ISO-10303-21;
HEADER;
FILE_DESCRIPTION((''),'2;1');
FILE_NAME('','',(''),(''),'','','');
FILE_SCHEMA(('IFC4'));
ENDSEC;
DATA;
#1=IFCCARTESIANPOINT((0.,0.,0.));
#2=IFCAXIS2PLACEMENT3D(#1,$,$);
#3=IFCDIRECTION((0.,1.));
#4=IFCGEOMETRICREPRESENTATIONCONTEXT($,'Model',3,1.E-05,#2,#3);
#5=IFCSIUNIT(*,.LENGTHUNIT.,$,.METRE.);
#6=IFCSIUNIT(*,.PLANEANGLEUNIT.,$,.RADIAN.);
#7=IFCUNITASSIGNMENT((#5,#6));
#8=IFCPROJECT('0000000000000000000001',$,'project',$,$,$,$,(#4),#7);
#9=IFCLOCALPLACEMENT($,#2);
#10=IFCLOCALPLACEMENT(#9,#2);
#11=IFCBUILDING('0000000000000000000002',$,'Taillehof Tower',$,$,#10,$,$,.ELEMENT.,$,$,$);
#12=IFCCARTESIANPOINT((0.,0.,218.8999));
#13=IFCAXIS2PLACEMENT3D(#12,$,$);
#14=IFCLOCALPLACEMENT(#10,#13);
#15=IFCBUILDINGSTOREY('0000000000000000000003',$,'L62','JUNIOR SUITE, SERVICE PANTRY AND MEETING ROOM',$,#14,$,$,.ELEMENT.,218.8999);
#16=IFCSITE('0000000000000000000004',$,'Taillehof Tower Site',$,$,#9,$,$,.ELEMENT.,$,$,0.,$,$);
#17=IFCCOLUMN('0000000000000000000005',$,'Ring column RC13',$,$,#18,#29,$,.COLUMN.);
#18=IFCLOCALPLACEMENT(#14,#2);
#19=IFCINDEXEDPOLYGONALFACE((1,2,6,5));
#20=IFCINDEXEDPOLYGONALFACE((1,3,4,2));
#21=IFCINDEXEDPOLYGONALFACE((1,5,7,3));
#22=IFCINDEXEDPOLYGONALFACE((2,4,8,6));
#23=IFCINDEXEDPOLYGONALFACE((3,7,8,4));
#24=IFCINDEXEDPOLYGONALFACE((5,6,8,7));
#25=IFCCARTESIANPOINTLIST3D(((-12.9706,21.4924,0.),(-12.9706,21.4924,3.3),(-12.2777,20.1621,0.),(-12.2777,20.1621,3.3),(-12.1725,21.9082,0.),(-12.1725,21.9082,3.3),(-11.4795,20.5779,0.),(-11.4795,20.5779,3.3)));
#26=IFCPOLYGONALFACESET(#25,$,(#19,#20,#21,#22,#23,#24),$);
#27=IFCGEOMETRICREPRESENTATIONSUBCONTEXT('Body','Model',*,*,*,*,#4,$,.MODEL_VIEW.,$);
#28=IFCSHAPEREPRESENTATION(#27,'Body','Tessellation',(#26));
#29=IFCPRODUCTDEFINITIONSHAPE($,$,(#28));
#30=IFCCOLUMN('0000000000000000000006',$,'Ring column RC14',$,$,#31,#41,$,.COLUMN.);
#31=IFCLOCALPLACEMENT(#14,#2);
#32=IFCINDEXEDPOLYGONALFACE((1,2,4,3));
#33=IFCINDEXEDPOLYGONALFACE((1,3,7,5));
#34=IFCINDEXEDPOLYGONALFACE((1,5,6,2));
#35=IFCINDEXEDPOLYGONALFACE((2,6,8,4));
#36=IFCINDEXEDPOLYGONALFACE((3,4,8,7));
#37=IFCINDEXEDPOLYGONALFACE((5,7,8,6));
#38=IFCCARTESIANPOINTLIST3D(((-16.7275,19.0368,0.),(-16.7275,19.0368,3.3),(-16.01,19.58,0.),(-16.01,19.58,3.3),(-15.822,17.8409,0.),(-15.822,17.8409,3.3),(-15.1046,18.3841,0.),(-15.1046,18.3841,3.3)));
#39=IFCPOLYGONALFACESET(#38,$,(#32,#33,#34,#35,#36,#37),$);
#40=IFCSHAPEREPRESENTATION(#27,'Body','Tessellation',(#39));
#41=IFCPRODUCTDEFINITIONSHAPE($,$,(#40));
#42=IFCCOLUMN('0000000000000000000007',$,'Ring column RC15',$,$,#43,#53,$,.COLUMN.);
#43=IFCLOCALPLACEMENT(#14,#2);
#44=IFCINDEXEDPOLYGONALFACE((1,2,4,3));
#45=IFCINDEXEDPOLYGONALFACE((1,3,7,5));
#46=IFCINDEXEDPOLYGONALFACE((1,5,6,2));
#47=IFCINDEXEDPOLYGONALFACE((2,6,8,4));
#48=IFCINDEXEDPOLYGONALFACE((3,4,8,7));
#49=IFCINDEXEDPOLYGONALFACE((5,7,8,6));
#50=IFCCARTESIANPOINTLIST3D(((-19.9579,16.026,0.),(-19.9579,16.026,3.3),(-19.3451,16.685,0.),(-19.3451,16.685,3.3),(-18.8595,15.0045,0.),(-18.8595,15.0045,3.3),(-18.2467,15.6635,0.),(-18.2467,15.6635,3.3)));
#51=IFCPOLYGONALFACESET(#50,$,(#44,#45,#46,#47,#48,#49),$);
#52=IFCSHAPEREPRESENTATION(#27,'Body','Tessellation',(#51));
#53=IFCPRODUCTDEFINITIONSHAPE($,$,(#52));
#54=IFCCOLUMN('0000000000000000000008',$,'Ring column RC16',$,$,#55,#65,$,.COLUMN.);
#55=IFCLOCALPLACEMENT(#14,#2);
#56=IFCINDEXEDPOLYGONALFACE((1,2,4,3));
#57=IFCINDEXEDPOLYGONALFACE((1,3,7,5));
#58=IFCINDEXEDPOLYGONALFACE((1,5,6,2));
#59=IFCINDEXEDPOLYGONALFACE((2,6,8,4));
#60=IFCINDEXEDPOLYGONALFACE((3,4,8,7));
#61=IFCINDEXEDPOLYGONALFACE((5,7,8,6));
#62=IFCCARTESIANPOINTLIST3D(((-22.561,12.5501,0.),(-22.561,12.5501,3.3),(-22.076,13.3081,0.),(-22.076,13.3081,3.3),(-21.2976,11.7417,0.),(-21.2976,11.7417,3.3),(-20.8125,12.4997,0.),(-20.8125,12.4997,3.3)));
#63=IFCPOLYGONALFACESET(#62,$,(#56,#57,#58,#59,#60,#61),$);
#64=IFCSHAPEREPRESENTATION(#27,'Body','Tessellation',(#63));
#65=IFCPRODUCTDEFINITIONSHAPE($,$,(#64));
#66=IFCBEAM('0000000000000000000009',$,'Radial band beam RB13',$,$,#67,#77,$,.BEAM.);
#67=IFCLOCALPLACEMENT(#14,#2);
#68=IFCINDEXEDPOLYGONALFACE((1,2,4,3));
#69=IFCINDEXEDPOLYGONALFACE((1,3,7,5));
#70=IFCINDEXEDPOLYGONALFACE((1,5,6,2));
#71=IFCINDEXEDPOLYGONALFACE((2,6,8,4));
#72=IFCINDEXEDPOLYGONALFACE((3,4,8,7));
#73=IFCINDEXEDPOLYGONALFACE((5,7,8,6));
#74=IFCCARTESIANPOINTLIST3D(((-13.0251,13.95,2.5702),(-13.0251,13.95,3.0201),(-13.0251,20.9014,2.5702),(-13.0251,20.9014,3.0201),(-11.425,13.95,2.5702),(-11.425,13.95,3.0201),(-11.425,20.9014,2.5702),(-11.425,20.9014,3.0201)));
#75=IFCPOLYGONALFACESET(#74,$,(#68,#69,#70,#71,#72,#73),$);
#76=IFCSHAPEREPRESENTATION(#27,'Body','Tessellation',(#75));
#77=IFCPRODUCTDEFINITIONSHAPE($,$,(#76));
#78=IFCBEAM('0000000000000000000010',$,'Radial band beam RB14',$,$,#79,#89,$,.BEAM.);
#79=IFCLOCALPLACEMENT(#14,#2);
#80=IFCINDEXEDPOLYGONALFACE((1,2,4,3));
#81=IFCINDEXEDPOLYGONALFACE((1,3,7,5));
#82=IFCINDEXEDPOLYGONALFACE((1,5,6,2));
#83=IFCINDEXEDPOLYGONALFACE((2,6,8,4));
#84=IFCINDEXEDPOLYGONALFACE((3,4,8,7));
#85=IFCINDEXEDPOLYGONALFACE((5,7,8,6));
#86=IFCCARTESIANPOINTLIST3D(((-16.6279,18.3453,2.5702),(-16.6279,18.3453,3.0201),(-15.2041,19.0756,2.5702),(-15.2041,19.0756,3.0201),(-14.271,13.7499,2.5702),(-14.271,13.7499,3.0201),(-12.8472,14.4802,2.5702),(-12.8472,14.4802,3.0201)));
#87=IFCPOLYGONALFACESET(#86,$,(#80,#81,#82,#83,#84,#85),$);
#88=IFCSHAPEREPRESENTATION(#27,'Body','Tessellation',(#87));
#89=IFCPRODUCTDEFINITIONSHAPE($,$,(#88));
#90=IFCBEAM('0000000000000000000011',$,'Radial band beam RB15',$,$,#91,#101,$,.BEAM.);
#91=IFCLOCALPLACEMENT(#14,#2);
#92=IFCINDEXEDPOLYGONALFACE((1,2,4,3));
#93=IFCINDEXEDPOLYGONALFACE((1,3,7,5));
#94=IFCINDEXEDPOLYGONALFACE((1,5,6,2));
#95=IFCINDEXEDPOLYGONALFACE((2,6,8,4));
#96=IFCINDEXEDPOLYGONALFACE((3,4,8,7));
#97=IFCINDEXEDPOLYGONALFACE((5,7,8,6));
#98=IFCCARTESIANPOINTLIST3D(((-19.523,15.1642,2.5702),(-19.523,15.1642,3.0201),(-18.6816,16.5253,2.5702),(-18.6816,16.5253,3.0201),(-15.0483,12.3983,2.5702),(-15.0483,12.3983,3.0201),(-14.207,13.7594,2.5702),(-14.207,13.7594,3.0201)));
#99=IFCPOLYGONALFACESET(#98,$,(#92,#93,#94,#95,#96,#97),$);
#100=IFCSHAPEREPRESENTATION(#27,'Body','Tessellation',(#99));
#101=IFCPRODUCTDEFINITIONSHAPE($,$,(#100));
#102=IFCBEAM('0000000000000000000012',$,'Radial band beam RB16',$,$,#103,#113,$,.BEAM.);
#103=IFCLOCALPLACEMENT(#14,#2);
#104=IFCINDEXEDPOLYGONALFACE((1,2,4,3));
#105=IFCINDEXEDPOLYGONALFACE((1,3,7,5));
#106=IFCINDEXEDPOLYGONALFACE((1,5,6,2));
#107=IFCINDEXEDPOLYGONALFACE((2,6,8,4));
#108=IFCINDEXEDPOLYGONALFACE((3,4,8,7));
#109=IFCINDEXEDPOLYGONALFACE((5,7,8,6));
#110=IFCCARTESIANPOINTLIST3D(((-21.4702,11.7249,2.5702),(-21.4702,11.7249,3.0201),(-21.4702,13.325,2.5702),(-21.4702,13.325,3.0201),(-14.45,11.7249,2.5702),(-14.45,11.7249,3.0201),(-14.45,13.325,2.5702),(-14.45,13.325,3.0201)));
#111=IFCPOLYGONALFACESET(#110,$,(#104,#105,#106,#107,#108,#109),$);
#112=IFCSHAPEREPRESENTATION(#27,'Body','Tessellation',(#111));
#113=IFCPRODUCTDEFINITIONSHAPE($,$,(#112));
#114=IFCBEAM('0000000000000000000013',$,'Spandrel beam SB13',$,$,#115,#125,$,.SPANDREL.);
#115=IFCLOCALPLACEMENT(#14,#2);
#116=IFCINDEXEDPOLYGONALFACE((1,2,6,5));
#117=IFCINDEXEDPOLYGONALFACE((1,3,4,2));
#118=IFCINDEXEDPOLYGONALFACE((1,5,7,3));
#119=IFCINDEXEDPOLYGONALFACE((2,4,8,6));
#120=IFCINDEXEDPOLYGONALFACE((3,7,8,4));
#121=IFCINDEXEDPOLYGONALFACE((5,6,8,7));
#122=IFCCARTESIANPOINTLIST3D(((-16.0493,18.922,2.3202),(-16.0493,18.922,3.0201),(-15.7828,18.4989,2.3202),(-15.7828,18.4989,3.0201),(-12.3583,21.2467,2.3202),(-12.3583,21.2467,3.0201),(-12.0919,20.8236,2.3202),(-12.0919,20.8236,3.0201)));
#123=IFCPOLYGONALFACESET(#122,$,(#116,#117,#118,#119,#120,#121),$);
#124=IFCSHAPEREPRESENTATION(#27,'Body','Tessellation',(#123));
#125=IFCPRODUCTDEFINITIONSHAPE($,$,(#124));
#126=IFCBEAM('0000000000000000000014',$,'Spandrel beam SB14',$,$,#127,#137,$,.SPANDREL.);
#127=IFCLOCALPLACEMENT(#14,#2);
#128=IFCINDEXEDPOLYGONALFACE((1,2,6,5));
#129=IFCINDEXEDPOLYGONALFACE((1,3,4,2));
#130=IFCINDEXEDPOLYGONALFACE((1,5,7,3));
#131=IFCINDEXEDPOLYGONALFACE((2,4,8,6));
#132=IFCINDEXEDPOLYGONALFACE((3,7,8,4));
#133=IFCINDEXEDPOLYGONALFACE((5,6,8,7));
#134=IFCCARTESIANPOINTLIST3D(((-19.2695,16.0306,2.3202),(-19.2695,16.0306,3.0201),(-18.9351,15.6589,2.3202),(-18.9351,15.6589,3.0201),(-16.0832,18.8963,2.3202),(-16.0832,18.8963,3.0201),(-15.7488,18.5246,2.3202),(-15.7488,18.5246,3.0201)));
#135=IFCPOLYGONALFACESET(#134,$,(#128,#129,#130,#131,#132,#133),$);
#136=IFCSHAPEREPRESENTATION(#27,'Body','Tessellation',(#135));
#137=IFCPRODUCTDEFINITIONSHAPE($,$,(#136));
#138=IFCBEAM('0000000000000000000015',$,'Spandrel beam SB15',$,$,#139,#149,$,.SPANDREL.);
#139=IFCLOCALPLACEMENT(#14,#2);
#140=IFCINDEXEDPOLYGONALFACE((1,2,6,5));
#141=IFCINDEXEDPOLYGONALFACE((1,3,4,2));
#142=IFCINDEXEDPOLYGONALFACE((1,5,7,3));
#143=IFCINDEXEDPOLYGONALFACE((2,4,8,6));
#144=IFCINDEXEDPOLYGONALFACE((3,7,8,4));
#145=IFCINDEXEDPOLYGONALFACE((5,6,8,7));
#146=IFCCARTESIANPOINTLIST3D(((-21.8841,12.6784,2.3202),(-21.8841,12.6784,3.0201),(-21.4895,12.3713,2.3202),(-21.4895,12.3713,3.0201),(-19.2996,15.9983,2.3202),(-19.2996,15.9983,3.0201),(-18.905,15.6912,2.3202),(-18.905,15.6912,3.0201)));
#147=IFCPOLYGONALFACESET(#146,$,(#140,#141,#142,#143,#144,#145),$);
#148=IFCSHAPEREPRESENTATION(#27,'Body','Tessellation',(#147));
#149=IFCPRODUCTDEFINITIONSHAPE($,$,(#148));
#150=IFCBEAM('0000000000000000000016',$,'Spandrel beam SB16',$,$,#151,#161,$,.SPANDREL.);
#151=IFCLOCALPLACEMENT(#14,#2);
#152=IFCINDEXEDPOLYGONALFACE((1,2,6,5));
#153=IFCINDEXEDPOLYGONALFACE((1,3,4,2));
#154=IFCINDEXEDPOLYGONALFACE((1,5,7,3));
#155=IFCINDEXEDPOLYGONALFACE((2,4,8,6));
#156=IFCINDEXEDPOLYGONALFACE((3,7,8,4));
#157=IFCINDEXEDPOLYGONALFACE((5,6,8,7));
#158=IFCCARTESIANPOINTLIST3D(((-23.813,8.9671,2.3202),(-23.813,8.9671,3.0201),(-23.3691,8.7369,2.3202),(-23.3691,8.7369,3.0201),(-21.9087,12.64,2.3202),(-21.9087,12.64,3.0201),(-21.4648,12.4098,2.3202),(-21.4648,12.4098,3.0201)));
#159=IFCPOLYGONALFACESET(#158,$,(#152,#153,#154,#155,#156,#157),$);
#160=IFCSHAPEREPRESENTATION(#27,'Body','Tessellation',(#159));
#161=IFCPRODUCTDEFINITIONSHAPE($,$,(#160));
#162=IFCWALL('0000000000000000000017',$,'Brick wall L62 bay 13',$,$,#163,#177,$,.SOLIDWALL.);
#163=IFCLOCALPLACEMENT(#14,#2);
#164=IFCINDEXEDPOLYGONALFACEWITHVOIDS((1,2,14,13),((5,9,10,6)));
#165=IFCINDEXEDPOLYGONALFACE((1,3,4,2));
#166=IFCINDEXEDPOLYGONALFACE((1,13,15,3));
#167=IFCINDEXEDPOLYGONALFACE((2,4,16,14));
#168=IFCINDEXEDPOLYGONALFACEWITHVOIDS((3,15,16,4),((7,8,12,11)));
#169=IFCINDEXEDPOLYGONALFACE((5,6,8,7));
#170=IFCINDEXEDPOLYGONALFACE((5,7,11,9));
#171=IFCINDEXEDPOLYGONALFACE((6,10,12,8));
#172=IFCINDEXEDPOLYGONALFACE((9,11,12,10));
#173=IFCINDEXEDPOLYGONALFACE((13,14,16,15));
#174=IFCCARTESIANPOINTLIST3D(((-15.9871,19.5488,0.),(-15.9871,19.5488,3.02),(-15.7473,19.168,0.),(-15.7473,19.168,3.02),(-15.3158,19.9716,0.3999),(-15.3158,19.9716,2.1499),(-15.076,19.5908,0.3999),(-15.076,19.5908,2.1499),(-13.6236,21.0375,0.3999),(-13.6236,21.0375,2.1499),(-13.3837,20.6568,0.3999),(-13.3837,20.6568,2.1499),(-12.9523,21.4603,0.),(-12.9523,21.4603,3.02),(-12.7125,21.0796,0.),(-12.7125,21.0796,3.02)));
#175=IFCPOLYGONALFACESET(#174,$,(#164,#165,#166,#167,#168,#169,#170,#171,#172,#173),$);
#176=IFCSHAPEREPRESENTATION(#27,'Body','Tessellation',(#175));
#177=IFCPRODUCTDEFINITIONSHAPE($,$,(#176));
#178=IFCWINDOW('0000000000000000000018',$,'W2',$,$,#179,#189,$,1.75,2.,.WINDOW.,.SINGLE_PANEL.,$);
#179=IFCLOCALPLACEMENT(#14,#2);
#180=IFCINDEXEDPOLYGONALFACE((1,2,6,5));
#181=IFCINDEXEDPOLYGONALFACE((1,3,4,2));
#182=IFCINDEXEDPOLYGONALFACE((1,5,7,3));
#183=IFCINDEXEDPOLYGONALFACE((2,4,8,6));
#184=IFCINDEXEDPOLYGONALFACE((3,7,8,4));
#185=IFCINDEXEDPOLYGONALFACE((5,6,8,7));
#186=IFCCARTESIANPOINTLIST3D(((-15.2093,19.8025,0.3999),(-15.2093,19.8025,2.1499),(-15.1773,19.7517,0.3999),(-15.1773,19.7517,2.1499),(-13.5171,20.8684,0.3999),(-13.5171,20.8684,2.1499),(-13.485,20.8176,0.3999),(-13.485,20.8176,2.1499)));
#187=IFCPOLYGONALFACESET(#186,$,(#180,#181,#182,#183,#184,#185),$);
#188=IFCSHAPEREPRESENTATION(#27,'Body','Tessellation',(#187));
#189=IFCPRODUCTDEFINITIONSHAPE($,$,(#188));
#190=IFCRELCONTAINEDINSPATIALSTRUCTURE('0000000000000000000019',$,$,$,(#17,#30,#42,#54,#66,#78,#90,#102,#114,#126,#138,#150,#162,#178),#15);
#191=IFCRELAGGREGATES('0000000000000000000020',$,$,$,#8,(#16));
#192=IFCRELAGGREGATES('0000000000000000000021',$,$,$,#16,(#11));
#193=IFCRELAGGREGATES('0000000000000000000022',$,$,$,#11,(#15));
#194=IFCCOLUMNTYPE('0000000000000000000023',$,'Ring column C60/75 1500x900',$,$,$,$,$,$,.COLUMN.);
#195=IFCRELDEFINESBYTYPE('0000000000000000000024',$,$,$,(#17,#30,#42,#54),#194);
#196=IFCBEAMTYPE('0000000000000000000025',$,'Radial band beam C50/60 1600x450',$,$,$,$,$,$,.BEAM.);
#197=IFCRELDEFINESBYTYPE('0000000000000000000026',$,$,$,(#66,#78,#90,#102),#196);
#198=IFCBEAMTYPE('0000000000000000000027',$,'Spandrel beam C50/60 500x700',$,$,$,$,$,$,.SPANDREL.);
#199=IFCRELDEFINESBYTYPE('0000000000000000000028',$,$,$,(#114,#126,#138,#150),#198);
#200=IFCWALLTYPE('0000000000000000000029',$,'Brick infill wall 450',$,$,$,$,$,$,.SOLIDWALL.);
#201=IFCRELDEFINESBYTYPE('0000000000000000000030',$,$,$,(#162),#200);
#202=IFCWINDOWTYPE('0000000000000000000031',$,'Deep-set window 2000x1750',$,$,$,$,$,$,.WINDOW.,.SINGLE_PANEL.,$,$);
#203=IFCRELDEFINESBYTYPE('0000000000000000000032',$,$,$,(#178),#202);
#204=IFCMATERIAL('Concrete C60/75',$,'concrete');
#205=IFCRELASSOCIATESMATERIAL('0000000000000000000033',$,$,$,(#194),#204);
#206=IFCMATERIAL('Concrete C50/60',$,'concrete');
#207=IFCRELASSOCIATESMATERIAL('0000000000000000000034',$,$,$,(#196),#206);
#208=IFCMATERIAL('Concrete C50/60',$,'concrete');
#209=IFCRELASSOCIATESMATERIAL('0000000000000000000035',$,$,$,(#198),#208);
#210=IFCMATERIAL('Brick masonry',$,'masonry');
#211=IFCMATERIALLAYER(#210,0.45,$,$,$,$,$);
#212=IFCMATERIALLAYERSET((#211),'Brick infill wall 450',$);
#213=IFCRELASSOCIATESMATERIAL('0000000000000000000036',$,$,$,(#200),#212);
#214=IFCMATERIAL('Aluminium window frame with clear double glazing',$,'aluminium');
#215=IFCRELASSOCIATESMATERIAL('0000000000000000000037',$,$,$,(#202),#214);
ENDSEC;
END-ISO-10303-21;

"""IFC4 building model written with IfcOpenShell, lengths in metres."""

from ifc_helpers import new_model, si_unit, direction, frame, frame_2d, origin, origin_2d, place, context, subcontext, project, spatial, rectangle, extrude, material, layer, layer_set, material_profile, profile_set, type_object, element, fill, save


model = new_model("IFC4")

# Units and contexts
model_context = context("Model", 3, precision=1e-05, world=origin(), true_north=direction((0.0, 1.0)))
body_context = subcontext(model_context, "Body", "Model", "MODEL_VIEW")
ifc_project = project(units=[si_unit("LENGTHUNIT", "METRE"), si_unit("PLANEANGLEUNIT", "RADIAN")], contexts=[model_context])

# Site, building, storey
site_placement = place(None, origin())
site = spatial("IfcSite", under=ifc_project, at=site_placement, Name="Taillehof Tower Site", CompositionType="ELEMENT", RefElevation=0.0)
building_placement = place(site_placement, origin())
building = spatial("IfcBuilding", under=site, at=building_placement, Name="Taillehof Tower", CompositionType="ELEMENT")
storey_placement = place(building_placement, frame((0.0, 0.0, 218.8999)))
storey = spatial("IfcBuildingStorey", under=building, at=storey_placement, Name="L62", Description="JUNIOR SUITE, SERVICE PANTRY AND MEETING ROOM", CompositionType="ELEMENT", Elevation=218.8999)

# Columns
ifc_material_1 = material(Name="Concrete C60/75", Category="concrete")
ifc_material_profile_1 = material_profile(ifc_material_1, rectangle(XDim=1.5, YDim=0.8999, at=origin_2d()), Name="RC 1500x900")
ifc_profile_set_1 = profile_set([ifc_material_profile_1], Name="Concrete C60/75")
column_type = type_object("IfcColumnType", Name="Ring column C60/75 1500x900", PredefinedType="COLUMN", material=ifc_profile_set_1)
for number, where, z_axis, x_axis, name in (
    (1, (-12.2251, 21.0352, 0.0), (0.0, 0.0, 1.0), (-0.461993, 0.886883, 0.0), "Ring column RC13"),
    (2, (-15.916, 18.7104, 0.0), (0.0, 0.0, 1.0), (-0.603608, 0.797281, 0.0), "Ring column RC14"),
    (3, (-19.1023, 15.8447, 0.0), (0.0, 0.0, 1.0), (-0.732271, 0.681013, 0.0), "Ring column RC15"),
    (4, (-21.6868, 12.5249, 0.0), (0.0, 0.0, 1.0), (-0.842311, 0.538992, 0.0), "Ring column RC16"),
):
    element("IfcColumn", number, at=place(storey_placement, frame(where, z_axis=z_axis, x_axis=x_axis)), inside=storey, type_object=column_type, Name=name, PredefinedType="COLUMN", context=body_context, shape_type="SweptSolid", body=[
        extrude(rectangle(XDim=1.5, YDim=0.8999, at=origin_2d()), origin(), (0.0, 0.0, 1.0), 3.3),
    ])

# Beams
ifc_material_2 = material(Name="Concrete C50/60", Category="concrete")
ifc_material_profile_2 = material_profile(ifc_material_2, rectangle(XDim=1.6001, YDim=0.45, at=origin_2d()), Name="RC 1600x450")
ifc_profile_set_2 = profile_set([ifc_material_profile_2], Name="Concrete C50/60")
beam_type_1 = type_object("IfcBeamType", Name="Radial band beam C50/60 1600x450", PredefinedType="BEAM", material=ifc_profile_set_2)
beam_1_placement = place(storey_placement, frame((-12.2251, 20.9014, 2.7952), z_axis=(0.0, -1.0, 0.0), x_axis=(1.0, 0.0, 0.0)))
element("IfcBeam", 5, at=beam_1_placement, inside=storey, type_object=beam_type_1, Name="Radial band beam RB13", PredefinedType="BEAM", context=body_context, shape_type="SweptSolid", body=[
    extrude(rectangle(XDim=1.6001, YDim=0.45, at=origin_2d()), origin(), (0.0, 0.0, 1.0), 6.9514),
])
beam_2_placement = place(storey_placement, frame((-15.916, 18.7104, 2.7952), z_axis=(0.456361, -0.889795, 0.0), x_axis=(0.889795, 0.456361, 0.0)))
element("IfcBeam", 6, at=beam_2_placement, inside=storey, type_object=beam_type_1, Name="Radial band beam RB14", PredefinedType="BEAM", context=body_context, shape_type="SweptSolid", body=[
    extrude(rectangle(XDim=1.6001, YDim=0.45, at=origin_2d()), origin(), (0.0, 0.0, 1.0), 5.1646),
])
beam_3_placement = place(storey_placement, frame((-19.1023, 15.8447, 2.7952), z_axis=(0.850616, -0.525787, 0.0), x_axis=(0.525787, 0.850616, 0.0)))
element("IfcBeam", 7, at=beam_3_placement, inside=storey, type_object=beam_type_1, Name="Radial band beam RB15", PredefinedType="BEAM", context=body_context, shape_type="SweptSolid", body=[
    extrude(rectangle(XDim=1.6001, YDim=0.45, at=origin_2d()), origin(), (0.0, 0.0, 1.0), 5.2605),
])
beam_4_placement = place(storey_placement, frame((-21.4702, 12.5249, 2.7952), z_axis=(1.0, 0.0, 0.0), x_axis=(0.0, 1.0, 0.0)))
element("IfcBeam", 8, at=beam_4_placement, inside=storey, type_object=beam_type_1, Name="Radial band beam RB16", PredefinedType="BEAM", context=body_context, shape_type="SweptSolid", body=[
    extrude(rectangle(XDim=1.6001, YDim=0.45, at=origin_2d()), origin(), (0.0, 0.0, 1.0), 7.0203),
])
ifc_material_3 = material(Name="Concrete C50/60", Category="concrete")
ifc_material_profile_3 = material_profile(ifc_material_3, rectangle(XDim=0.5, YDim=0.7, at=origin_2d()), Name="RC 500x700")
ifc_profile_set_3 = profile_set([ifc_material_profile_3], Name="Concrete C50/60")
beam_type_2 = type_object("IfcBeamType", Name="Spandrel beam C50/60 500x700", PredefinedType="SPANDREL", material=ifc_profile_set_3)
beam_5_placement = place(storey_placement, frame((-12.2251, 21.0352, 2.6702), z_axis=(-0.846151, -0.532944, 0.0), x_axis=(0.532944, -0.846151, 0.0)))
element("IfcBeam", 9, at=beam_5_placement, inside=storey, type_object=beam_type_2, Name="Spandrel beam SB13", PredefinedType="SPANDREL", context=body_context, shape_type="SweptSolid", body=[
    extrude(rectangle(XDim=0.5, YDim=0.7, at=origin_2d()), origin(), (0.0, 0.0, 1.0), 4.3621),
])
beam_6_placement = place(storey_placement, frame((-15.916, 18.7104, 2.6702), z_axis=(-0.743518, -0.668716, 0.0), x_axis=(0.668716, -0.743518, 0.0)))
element("IfcBeam", 10, at=beam_6_placement, inside=storey, type_object=beam_type_2, Name="Spandrel beam SB14", PredefinedType="SPANDREL", context=body_context, shape_type="SweptSolid", body=[
    extrude(rectangle(XDim=0.5, YDim=0.7, at=origin_2d()), origin(), (0.0, 0.0, 1.0), 4.2854),
])
beam_7_placement = place(storey_placement, frame((-19.1023, 15.8447, 2.6702), z_axis=(-0.614294, -0.789077, 0.0), x_axis=(0.789077, -0.614294, 0.0)))
element("IfcBeam", 11, at=beam_7_placement, inside=storey, type_object=beam_type_2, Name="Spandrel beam SB15", PredefinedType="SPANDREL", context=body_context, shape_type="SweptSolid", body=[
    extrude(rectangle(XDim=0.5, YDim=0.7, at=origin_2d()), origin(), (0.0, 0.0, 1.0), 4.2073),
])
beam_8_placement = place(storey_placement, frame((-21.6868, 12.5249, 2.6702), z_axis=(-0.46029, -0.887769, 0.0), x_axis=(0.887769, -0.46029, 0.0)))
element("IfcBeam", 12, at=beam_8_placement, inside=storey, type_object=beam_type_2, Name="Spandrel beam SB16", PredefinedType="SPANDREL", context=body_context, shape_type="SweptSolid", body=[
    extrude(rectangle(XDim=0.5, YDim=0.7, at=origin_2d()), origin(), (0.0, 0.0, 1.0), 4.1372),
])

# Wall, opening, window
ifc_material_4 = material(Name="Brick masonry", Category="masonry")
ifc_layer_1 = layer(ifc_material_4, 0.45)
ifc_layer_set_1 = layer_set([ifc_layer_1], Name="Brick infill wall 450")
wall_type_1 = type_object("IfcWallType", Name="Brick infill wall 450", PredefinedType="SOLIDWALL", material=ifc_layer_set_1)
wall_1_placement = place(storey_placement, frame((-12.8323, 21.27, 0.0), z_axis=(0.0, 0.0, 1.0), x_axis=(-0.846138, -0.532963, 0.0)))
wall_1 = element("IfcWall", 13, at=wall_1_placement, inside=storey, type_object=wall_type_1, Name="Brick wall L62 bay 13", PredefinedType="SOLIDWALL", context=body_context, shape_type="SweptSolid", body=[
    extrude(rectangle(XDim=3.5867, YDim=0.45, at=frame_2d((1.7935, 0.0))), origin(), (0.0, 0.0, 1.0), 3.02),
])
opening_1_placement = place(wall_1_placement, frame((0.7935, 0.0, 0.3999)))
opening_1 = element("IfcOpeningElement", 14, at=opening_1_placement, cuts=wall_1, PredefinedType="OPENING", context=body_context, shape_type="SweptSolid", body=[
    extrude(rectangle(XDim=2.0, YDim=1.75, at=frame_2d((1.0, 0.875))), frame((0.0, 0.2349, 0.0), z_axis=(0.0, -1.0, 0.0), x_axis=(1.0, 0.0, 0.0)), (0.0, 0.0, 1.0), 0.47),
])
ifc_material_5 = material(Name="Aluminium window frame with clear double glazing", Category="aluminium")
window_type = type_object("IfcWindowType", Name="Deep-set window 2000x1750", PartitioningType="SINGLE_PANEL", PredefinedType="WINDOW", material=ifc_material_5)
window_1_placement = place(opening_1_placement, origin())
window_1 = element("IfcWindow", 15, at=window_1_placement, inside=storey, type_object=window_type, Name="W2", OverallHeight=1.75, OverallWidth=2.0, PartitioningType="SINGLE_PANEL", PredefinedType="WINDOW", context=body_context, shape_type="SweptSolid", body=[
    extrude(rectangle(XDim=2.0, YDim=1.75, at=frame_2d((1.0, 0.875))), frame((0.0, 0.0349, 0.0), z_axis=(0.0, -1.0, 0.0), x_axis=(1.0, 0.0, 0.0)), (0.0, 0.0, 1.0), 0.0601),
])
fill(opening_1, window_1)

save(model, "model.ifc")
